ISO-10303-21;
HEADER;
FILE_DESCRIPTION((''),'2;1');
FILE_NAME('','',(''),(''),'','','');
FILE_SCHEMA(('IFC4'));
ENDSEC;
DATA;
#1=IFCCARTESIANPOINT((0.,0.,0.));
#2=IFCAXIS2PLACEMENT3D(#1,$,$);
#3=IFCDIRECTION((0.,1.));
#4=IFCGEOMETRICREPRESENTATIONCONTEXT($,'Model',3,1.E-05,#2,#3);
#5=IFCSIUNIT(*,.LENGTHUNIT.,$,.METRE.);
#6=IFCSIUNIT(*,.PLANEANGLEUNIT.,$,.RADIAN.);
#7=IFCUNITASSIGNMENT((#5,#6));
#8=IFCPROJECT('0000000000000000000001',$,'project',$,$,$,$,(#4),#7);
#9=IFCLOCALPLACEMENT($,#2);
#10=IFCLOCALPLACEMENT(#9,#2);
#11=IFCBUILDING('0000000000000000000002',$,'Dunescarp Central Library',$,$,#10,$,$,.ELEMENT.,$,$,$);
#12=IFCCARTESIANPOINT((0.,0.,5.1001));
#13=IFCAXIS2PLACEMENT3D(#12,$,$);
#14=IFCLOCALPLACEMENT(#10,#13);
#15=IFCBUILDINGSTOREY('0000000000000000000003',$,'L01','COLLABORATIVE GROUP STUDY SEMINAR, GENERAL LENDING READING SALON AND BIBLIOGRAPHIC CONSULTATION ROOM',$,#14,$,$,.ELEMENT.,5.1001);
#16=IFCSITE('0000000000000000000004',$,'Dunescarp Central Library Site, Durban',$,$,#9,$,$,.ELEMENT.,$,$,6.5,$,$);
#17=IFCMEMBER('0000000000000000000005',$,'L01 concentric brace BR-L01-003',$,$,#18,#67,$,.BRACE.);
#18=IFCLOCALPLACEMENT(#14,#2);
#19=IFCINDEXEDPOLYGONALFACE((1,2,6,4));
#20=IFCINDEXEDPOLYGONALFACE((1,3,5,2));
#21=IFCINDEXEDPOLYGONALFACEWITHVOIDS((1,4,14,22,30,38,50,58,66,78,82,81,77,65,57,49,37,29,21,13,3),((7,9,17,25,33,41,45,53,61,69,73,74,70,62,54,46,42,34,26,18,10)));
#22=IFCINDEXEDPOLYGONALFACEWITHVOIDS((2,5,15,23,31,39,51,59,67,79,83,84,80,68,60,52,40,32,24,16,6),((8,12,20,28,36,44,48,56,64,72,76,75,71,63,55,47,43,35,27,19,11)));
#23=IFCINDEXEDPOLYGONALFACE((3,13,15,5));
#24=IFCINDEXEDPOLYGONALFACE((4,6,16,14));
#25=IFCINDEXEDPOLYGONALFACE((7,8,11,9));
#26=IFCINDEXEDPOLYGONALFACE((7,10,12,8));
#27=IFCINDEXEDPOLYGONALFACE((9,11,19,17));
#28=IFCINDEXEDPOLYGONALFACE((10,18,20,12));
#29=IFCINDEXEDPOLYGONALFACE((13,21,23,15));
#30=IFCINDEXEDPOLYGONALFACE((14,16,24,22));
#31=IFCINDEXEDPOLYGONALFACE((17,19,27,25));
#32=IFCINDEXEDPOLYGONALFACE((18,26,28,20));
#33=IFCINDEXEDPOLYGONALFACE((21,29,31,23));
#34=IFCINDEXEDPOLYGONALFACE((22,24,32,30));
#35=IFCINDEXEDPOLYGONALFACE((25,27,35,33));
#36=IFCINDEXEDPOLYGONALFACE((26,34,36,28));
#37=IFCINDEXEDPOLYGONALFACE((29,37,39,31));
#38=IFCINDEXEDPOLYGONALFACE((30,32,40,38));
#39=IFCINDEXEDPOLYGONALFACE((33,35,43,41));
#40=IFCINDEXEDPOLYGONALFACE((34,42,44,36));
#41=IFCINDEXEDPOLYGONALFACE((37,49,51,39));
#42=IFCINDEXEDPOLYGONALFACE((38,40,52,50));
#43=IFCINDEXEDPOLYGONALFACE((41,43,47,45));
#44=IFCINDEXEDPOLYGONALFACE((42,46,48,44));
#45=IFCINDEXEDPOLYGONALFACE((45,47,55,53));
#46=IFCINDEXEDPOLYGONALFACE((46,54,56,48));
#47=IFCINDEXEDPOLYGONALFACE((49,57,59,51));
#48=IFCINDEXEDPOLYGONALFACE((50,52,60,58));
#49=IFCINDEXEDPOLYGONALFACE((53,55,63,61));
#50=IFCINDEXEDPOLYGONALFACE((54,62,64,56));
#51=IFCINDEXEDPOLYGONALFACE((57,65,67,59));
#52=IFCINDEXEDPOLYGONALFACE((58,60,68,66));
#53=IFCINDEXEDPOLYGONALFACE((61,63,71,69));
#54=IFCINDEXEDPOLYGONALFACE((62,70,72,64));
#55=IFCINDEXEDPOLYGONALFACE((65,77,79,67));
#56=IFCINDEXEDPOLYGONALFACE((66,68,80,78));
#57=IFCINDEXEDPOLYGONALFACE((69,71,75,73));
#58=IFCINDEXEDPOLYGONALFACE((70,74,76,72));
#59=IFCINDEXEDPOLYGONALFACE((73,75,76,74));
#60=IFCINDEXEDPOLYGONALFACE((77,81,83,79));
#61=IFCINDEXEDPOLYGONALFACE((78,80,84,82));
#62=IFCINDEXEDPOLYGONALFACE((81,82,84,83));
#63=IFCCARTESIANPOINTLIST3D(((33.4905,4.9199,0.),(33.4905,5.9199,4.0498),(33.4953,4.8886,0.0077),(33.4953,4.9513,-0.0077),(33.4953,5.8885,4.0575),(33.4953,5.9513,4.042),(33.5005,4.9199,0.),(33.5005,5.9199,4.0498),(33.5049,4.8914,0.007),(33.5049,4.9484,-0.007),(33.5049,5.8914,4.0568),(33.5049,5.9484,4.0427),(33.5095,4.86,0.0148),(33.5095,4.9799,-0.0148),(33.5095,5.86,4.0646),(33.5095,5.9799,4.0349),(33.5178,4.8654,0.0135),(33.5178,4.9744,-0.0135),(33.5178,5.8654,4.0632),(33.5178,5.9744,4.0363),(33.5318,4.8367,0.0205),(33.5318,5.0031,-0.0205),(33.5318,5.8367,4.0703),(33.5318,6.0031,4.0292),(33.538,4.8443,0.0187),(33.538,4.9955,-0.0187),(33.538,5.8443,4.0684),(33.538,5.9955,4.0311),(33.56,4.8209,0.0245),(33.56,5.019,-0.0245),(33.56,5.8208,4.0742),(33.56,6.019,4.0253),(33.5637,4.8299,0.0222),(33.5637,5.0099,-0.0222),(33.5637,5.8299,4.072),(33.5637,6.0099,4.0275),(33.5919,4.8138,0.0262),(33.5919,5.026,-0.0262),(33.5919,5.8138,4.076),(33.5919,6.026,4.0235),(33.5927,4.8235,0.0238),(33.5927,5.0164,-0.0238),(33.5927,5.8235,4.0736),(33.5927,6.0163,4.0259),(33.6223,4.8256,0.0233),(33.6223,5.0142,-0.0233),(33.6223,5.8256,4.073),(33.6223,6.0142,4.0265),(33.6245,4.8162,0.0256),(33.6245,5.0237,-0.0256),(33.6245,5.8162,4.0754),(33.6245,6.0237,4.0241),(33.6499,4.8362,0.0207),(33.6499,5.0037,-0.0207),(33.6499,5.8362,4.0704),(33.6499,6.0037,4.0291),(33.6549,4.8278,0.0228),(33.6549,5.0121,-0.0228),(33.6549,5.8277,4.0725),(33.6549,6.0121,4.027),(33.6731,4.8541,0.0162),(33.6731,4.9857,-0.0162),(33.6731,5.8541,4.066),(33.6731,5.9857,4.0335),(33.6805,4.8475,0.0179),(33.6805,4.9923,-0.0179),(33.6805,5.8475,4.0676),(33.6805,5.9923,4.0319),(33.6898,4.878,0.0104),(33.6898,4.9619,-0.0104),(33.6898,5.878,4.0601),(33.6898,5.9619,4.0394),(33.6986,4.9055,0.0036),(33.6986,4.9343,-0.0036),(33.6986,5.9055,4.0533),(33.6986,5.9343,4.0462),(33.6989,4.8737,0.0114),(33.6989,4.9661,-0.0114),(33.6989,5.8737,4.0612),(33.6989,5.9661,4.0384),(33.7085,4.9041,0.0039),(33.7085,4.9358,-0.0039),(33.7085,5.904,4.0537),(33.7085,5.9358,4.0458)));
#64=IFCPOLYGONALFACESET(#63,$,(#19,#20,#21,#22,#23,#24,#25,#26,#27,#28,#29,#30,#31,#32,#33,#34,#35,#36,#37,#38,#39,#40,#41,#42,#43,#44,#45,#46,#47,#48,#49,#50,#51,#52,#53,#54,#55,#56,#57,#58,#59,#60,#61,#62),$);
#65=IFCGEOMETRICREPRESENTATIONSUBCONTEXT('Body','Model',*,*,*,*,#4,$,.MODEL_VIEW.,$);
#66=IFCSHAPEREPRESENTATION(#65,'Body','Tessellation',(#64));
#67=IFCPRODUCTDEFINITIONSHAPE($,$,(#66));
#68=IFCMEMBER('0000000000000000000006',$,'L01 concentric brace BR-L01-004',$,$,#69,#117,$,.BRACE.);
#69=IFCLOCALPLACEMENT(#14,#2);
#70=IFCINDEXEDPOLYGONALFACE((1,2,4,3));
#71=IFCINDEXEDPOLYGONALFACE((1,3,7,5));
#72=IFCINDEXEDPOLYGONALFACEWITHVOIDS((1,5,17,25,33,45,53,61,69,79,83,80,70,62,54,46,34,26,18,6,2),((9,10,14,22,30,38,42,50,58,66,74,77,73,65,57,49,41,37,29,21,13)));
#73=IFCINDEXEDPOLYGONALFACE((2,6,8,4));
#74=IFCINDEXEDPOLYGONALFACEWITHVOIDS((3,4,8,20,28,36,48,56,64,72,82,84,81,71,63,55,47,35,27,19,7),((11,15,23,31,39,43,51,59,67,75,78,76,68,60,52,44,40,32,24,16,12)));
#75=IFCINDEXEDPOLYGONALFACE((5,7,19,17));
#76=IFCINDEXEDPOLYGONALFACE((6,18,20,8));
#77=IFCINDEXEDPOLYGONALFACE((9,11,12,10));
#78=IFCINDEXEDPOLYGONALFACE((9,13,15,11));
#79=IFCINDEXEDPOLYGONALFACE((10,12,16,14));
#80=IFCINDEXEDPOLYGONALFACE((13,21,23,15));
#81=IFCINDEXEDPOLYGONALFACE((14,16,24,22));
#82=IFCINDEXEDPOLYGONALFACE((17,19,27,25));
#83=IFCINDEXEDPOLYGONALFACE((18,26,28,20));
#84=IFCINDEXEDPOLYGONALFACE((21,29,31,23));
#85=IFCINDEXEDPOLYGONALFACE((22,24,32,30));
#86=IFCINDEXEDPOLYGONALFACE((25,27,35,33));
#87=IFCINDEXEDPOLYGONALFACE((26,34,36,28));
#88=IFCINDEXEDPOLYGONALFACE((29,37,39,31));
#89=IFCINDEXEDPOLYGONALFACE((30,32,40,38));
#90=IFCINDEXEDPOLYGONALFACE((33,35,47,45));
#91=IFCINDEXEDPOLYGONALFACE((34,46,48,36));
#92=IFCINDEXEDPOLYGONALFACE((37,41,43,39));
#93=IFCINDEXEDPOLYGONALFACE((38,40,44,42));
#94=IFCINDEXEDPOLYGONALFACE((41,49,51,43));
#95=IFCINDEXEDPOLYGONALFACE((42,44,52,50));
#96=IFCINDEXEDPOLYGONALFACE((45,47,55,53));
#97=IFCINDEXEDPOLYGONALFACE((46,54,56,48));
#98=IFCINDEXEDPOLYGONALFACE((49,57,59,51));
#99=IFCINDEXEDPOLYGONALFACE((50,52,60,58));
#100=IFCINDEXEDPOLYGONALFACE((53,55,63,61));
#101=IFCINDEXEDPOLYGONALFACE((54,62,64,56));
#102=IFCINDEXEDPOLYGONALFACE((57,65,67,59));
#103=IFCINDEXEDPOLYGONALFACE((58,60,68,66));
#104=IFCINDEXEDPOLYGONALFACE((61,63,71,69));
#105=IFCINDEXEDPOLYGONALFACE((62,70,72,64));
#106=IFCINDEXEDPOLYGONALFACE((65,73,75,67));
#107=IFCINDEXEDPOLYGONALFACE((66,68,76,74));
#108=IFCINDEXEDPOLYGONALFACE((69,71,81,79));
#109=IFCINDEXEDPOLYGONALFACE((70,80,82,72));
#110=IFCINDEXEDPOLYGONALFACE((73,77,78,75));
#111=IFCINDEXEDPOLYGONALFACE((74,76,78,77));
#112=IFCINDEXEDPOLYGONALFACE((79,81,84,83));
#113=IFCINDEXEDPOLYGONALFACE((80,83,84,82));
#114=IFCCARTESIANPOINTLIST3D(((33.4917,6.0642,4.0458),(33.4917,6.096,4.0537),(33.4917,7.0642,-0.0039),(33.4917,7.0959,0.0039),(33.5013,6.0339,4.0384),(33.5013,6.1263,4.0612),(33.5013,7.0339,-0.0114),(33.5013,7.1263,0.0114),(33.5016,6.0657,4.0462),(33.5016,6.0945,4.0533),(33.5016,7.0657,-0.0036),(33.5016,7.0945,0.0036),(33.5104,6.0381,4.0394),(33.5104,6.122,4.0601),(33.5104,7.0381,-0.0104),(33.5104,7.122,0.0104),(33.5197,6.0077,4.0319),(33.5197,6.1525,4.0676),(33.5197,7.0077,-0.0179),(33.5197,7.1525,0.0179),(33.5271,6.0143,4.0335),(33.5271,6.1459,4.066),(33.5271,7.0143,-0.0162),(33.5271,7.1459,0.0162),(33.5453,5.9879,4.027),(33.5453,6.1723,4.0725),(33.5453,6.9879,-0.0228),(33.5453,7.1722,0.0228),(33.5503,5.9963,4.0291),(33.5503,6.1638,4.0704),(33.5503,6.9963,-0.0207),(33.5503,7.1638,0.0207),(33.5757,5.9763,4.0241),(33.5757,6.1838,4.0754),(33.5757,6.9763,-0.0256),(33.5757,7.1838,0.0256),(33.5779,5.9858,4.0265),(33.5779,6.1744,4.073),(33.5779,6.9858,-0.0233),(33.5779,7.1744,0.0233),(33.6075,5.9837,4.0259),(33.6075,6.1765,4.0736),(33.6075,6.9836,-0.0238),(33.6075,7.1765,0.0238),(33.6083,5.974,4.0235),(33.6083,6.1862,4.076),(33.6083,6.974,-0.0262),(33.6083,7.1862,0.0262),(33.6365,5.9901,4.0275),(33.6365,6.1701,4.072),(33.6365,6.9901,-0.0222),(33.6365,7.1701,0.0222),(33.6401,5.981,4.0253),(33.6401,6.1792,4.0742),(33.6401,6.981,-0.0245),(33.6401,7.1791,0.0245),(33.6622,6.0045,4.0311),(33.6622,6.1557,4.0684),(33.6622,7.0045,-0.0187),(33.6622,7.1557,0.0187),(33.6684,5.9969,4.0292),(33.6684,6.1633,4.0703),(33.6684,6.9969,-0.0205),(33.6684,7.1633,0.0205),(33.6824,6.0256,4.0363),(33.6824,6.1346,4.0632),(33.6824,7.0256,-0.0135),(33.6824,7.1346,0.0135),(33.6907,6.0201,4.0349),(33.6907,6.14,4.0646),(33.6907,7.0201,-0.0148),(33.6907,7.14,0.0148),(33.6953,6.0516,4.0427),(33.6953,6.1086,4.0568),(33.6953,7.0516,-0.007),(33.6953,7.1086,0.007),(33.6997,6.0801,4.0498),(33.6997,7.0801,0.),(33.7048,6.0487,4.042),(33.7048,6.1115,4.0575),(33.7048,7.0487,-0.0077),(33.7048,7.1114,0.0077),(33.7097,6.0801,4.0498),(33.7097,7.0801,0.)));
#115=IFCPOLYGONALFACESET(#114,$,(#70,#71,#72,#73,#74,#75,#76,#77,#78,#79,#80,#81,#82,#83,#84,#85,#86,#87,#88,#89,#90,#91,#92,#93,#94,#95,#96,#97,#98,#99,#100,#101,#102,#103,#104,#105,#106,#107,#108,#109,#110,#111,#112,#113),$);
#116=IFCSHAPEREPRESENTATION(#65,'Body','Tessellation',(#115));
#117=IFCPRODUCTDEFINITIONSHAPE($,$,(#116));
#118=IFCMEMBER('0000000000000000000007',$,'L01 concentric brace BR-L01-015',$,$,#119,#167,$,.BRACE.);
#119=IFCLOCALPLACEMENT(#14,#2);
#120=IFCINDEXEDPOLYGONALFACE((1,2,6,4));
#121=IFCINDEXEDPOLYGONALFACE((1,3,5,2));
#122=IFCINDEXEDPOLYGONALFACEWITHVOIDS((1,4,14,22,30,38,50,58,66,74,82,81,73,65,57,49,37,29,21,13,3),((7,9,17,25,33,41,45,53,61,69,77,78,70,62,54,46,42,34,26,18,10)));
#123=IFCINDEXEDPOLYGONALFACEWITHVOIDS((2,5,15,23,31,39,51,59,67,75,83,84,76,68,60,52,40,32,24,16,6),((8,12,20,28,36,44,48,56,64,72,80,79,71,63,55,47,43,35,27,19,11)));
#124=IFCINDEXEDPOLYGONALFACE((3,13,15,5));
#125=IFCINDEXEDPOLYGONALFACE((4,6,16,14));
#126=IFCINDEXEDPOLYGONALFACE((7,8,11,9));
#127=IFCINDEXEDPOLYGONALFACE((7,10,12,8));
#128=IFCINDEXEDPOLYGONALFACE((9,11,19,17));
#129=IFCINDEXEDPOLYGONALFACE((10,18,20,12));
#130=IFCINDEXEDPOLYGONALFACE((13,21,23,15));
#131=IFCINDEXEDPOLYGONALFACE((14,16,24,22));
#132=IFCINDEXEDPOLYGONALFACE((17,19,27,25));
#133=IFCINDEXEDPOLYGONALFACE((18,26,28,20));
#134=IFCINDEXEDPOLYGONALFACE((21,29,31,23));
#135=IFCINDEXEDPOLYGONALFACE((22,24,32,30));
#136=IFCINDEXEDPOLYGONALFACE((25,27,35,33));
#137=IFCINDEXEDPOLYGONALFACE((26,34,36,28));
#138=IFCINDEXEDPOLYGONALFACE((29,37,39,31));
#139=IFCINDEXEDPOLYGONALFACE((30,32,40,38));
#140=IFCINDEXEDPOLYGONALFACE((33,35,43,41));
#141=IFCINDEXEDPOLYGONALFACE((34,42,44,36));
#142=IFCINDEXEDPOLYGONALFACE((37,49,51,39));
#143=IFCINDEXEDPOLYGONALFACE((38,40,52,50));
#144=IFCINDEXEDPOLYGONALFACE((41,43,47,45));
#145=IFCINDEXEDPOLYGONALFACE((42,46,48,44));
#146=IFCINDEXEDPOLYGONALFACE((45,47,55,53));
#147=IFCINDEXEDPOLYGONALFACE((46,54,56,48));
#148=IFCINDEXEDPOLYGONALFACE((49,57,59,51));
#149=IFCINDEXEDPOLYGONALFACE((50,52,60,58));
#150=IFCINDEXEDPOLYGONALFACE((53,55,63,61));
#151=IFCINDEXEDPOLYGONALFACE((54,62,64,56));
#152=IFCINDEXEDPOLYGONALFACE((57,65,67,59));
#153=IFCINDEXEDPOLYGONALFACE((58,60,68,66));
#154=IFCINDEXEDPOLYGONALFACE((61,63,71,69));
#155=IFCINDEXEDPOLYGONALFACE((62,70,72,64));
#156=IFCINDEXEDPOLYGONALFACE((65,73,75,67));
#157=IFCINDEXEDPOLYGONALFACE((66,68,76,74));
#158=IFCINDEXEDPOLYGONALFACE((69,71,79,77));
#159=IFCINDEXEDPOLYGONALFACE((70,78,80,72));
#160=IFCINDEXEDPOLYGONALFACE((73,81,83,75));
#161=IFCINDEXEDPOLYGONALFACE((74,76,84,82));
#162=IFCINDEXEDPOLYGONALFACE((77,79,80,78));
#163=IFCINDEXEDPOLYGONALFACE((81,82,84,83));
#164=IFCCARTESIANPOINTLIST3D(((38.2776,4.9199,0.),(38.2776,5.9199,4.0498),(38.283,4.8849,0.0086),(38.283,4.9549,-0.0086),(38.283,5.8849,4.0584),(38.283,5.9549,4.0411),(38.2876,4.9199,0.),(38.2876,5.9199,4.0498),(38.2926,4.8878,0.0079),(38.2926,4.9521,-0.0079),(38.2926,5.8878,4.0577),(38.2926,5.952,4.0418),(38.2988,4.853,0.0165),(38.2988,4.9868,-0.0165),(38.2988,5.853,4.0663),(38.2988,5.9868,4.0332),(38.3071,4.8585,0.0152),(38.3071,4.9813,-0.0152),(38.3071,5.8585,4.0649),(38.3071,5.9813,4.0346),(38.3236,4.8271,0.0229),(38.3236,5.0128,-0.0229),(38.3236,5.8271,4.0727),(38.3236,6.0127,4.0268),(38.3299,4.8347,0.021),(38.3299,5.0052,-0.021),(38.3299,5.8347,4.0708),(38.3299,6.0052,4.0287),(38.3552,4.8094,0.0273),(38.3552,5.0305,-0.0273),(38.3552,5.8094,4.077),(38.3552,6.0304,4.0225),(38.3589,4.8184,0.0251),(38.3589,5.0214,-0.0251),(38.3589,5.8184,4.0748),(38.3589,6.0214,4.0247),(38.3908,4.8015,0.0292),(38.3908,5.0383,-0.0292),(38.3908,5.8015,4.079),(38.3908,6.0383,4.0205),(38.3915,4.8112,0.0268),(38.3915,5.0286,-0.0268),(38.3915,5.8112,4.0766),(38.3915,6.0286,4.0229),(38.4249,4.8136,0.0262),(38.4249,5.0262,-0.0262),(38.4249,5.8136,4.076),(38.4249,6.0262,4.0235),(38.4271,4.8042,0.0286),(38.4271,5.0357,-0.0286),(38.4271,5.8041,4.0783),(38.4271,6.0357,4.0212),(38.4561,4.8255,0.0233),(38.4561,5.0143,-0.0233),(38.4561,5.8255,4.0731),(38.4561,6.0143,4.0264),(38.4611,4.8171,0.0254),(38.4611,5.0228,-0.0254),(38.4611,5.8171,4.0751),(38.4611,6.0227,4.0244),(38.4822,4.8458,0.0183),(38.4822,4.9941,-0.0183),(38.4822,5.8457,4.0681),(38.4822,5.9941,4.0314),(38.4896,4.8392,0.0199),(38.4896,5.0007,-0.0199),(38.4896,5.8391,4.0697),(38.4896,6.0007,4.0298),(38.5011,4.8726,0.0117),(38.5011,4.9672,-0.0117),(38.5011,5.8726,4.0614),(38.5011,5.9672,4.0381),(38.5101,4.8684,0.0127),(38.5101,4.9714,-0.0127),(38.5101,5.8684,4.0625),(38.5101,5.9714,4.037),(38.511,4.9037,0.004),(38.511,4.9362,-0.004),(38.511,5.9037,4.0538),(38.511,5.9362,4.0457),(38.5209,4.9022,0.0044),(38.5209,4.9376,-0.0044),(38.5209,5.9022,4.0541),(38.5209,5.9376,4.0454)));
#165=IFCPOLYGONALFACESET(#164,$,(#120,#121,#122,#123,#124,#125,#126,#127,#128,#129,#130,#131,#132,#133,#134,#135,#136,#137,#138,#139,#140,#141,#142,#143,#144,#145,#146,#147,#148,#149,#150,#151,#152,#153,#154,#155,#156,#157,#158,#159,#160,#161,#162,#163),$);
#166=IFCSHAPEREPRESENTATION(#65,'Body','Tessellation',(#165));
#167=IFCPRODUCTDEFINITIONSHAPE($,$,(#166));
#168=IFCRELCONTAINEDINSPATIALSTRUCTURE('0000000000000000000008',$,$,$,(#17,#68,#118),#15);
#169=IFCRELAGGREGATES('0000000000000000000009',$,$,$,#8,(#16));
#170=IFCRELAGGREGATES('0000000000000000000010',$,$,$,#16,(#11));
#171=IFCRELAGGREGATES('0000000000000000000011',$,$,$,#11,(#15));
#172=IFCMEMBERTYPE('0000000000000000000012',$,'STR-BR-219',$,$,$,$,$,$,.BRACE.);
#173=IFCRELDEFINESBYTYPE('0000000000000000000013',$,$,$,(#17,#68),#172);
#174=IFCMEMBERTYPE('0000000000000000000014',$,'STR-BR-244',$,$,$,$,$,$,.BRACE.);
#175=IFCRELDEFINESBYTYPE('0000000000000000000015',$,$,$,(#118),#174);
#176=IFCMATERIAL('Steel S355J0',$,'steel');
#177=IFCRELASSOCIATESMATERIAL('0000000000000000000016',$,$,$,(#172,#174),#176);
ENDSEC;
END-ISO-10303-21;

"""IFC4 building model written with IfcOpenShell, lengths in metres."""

from ifc_helpers import new_model, si_unit, direction, frame, origin, origin_2d, place, context, subcontext, project, spatial, hollow_circle, extrude, material, material_profile, profile_set, type_object, element, save


model = new_model("IFC4")

# Units and contexts
model_context = context("Model", 3, precision=1e-05, world=origin(), true_north=direction((0.0, 1.0)))
body_context = subcontext(model_context, "Body", "Model", "MODEL_VIEW")
ifc_project = project(units=[si_unit("LENGTHUNIT", "METRE"), si_unit("PLANEANGLEUNIT", "RADIAN")], contexts=[model_context])

# Site, building, storey
site_placement = place(None, origin())
site = spatial("IfcSite", under=ifc_project, at=site_placement, Name="Dunescarp Central Library Site, Durban", CompositionType="ELEMENT", RefElevation=6.5)
building_placement = place(site_placement, origin())
building = spatial("IfcBuilding", under=site, at=building_placement, Name="Dunescarp Central Library", CompositionType="ELEMENT")
storey_placement = place(building_placement, frame((0.0, 0.0, 5.1001)))
storey = spatial("IfcBuildingStorey", under=building, at=storey_placement, Name="L01", Description="COLLABORATIVE GROUP STUDY SEMINAR, GENERAL LENDING READING SALON AND BIBLIOGRAPHIC CONSULTATION ROOM", CompositionType="ELEMENT", Elevation=5.1001)

# Members
ifc_material_1 = material(Name="Steel S355J0", Category="steel")
ifc_material_profile_1 = material_profile(ifc_material_1, hollow_circle(Radius=0.1096, WallThickness=0.01, at=origin_2d()), Name="CHS 219.1x10")
ifc_profile_set_1 = profile_set([ifc_material_profile_1], Name="Steel S355J0")
member_type_1 = type_object("IfcMemberType", Name="STR-BR-219", PredefinedType="BRACE", material=ifc_profile_set_1)
for number, where, z_axis, x_axis, name in (
    (1, (33.6001, 4.9199, 0.0), (0.0, 0.239725, 0.970841), (-1.0, 0.0, 0.0), "L01 concentric brace BR-L01-003"),
    (2, (33.6001, 7.0801, 0.0), (0.0, -0.239725, 0.970841), (1.0, 0.0, 0.0), "L01 concentric brace BR-L01-004"),
):
    element("IfcMember", number, at=place(storey_placement, frame(where, z_axis=z_axis, x_axis=x_axis)), inside=storey, type_object=member_type_1, Name=name, PredefinedType="BRACE", context=body_context, shape_type="SweptSolid", body=[
        extrude(hollow_circle(Radius=0.1096, WallThickness=0.01, at=origin_2d()), origin(), (0.0, 0.0, 1.0), 4.1714),
    ])
ifc_material_profile_2 = material_profile(ifc_material_1, hollow_circle(Radius=0.1223, WallThickness=0.01, at=origin_2d()), Name="CHS 244.5x10")
ifc_profile_set_2 = profile_set([ifc_material_profile_2], Name="Steel S355J0")
member_type_2 = type_object("IfcMemberType", Name="STR-BR-244", PredefinedType="BRACE", material=ifc_profile_set_2)
for number, where, z_axis, x_axis, name in (
    (3, (38.3999, 4.9199, 0.0), (0.0, 0.239725, 0.970841), (-1.0, 0.0, 0.0), "L01 concentric brace BR-L01-015"),
):
    element("IfcMember", number, at=place(storey_placement, frame(where, z_axis=z_axis, x_axis=x_axis)), inside=storey, type_object=member_type_2, Name=name, PredefinedType="BRACE", context=body_context, shape_type="SweptSolid", body=[
        extrude(hollow_circle(Radius=0.1223, WallThickness=0.01, at=origin_2d()), origin(), (0.0, 0.0, 1.0), 4.1714),
    ])

save(model, "model.ifc")
